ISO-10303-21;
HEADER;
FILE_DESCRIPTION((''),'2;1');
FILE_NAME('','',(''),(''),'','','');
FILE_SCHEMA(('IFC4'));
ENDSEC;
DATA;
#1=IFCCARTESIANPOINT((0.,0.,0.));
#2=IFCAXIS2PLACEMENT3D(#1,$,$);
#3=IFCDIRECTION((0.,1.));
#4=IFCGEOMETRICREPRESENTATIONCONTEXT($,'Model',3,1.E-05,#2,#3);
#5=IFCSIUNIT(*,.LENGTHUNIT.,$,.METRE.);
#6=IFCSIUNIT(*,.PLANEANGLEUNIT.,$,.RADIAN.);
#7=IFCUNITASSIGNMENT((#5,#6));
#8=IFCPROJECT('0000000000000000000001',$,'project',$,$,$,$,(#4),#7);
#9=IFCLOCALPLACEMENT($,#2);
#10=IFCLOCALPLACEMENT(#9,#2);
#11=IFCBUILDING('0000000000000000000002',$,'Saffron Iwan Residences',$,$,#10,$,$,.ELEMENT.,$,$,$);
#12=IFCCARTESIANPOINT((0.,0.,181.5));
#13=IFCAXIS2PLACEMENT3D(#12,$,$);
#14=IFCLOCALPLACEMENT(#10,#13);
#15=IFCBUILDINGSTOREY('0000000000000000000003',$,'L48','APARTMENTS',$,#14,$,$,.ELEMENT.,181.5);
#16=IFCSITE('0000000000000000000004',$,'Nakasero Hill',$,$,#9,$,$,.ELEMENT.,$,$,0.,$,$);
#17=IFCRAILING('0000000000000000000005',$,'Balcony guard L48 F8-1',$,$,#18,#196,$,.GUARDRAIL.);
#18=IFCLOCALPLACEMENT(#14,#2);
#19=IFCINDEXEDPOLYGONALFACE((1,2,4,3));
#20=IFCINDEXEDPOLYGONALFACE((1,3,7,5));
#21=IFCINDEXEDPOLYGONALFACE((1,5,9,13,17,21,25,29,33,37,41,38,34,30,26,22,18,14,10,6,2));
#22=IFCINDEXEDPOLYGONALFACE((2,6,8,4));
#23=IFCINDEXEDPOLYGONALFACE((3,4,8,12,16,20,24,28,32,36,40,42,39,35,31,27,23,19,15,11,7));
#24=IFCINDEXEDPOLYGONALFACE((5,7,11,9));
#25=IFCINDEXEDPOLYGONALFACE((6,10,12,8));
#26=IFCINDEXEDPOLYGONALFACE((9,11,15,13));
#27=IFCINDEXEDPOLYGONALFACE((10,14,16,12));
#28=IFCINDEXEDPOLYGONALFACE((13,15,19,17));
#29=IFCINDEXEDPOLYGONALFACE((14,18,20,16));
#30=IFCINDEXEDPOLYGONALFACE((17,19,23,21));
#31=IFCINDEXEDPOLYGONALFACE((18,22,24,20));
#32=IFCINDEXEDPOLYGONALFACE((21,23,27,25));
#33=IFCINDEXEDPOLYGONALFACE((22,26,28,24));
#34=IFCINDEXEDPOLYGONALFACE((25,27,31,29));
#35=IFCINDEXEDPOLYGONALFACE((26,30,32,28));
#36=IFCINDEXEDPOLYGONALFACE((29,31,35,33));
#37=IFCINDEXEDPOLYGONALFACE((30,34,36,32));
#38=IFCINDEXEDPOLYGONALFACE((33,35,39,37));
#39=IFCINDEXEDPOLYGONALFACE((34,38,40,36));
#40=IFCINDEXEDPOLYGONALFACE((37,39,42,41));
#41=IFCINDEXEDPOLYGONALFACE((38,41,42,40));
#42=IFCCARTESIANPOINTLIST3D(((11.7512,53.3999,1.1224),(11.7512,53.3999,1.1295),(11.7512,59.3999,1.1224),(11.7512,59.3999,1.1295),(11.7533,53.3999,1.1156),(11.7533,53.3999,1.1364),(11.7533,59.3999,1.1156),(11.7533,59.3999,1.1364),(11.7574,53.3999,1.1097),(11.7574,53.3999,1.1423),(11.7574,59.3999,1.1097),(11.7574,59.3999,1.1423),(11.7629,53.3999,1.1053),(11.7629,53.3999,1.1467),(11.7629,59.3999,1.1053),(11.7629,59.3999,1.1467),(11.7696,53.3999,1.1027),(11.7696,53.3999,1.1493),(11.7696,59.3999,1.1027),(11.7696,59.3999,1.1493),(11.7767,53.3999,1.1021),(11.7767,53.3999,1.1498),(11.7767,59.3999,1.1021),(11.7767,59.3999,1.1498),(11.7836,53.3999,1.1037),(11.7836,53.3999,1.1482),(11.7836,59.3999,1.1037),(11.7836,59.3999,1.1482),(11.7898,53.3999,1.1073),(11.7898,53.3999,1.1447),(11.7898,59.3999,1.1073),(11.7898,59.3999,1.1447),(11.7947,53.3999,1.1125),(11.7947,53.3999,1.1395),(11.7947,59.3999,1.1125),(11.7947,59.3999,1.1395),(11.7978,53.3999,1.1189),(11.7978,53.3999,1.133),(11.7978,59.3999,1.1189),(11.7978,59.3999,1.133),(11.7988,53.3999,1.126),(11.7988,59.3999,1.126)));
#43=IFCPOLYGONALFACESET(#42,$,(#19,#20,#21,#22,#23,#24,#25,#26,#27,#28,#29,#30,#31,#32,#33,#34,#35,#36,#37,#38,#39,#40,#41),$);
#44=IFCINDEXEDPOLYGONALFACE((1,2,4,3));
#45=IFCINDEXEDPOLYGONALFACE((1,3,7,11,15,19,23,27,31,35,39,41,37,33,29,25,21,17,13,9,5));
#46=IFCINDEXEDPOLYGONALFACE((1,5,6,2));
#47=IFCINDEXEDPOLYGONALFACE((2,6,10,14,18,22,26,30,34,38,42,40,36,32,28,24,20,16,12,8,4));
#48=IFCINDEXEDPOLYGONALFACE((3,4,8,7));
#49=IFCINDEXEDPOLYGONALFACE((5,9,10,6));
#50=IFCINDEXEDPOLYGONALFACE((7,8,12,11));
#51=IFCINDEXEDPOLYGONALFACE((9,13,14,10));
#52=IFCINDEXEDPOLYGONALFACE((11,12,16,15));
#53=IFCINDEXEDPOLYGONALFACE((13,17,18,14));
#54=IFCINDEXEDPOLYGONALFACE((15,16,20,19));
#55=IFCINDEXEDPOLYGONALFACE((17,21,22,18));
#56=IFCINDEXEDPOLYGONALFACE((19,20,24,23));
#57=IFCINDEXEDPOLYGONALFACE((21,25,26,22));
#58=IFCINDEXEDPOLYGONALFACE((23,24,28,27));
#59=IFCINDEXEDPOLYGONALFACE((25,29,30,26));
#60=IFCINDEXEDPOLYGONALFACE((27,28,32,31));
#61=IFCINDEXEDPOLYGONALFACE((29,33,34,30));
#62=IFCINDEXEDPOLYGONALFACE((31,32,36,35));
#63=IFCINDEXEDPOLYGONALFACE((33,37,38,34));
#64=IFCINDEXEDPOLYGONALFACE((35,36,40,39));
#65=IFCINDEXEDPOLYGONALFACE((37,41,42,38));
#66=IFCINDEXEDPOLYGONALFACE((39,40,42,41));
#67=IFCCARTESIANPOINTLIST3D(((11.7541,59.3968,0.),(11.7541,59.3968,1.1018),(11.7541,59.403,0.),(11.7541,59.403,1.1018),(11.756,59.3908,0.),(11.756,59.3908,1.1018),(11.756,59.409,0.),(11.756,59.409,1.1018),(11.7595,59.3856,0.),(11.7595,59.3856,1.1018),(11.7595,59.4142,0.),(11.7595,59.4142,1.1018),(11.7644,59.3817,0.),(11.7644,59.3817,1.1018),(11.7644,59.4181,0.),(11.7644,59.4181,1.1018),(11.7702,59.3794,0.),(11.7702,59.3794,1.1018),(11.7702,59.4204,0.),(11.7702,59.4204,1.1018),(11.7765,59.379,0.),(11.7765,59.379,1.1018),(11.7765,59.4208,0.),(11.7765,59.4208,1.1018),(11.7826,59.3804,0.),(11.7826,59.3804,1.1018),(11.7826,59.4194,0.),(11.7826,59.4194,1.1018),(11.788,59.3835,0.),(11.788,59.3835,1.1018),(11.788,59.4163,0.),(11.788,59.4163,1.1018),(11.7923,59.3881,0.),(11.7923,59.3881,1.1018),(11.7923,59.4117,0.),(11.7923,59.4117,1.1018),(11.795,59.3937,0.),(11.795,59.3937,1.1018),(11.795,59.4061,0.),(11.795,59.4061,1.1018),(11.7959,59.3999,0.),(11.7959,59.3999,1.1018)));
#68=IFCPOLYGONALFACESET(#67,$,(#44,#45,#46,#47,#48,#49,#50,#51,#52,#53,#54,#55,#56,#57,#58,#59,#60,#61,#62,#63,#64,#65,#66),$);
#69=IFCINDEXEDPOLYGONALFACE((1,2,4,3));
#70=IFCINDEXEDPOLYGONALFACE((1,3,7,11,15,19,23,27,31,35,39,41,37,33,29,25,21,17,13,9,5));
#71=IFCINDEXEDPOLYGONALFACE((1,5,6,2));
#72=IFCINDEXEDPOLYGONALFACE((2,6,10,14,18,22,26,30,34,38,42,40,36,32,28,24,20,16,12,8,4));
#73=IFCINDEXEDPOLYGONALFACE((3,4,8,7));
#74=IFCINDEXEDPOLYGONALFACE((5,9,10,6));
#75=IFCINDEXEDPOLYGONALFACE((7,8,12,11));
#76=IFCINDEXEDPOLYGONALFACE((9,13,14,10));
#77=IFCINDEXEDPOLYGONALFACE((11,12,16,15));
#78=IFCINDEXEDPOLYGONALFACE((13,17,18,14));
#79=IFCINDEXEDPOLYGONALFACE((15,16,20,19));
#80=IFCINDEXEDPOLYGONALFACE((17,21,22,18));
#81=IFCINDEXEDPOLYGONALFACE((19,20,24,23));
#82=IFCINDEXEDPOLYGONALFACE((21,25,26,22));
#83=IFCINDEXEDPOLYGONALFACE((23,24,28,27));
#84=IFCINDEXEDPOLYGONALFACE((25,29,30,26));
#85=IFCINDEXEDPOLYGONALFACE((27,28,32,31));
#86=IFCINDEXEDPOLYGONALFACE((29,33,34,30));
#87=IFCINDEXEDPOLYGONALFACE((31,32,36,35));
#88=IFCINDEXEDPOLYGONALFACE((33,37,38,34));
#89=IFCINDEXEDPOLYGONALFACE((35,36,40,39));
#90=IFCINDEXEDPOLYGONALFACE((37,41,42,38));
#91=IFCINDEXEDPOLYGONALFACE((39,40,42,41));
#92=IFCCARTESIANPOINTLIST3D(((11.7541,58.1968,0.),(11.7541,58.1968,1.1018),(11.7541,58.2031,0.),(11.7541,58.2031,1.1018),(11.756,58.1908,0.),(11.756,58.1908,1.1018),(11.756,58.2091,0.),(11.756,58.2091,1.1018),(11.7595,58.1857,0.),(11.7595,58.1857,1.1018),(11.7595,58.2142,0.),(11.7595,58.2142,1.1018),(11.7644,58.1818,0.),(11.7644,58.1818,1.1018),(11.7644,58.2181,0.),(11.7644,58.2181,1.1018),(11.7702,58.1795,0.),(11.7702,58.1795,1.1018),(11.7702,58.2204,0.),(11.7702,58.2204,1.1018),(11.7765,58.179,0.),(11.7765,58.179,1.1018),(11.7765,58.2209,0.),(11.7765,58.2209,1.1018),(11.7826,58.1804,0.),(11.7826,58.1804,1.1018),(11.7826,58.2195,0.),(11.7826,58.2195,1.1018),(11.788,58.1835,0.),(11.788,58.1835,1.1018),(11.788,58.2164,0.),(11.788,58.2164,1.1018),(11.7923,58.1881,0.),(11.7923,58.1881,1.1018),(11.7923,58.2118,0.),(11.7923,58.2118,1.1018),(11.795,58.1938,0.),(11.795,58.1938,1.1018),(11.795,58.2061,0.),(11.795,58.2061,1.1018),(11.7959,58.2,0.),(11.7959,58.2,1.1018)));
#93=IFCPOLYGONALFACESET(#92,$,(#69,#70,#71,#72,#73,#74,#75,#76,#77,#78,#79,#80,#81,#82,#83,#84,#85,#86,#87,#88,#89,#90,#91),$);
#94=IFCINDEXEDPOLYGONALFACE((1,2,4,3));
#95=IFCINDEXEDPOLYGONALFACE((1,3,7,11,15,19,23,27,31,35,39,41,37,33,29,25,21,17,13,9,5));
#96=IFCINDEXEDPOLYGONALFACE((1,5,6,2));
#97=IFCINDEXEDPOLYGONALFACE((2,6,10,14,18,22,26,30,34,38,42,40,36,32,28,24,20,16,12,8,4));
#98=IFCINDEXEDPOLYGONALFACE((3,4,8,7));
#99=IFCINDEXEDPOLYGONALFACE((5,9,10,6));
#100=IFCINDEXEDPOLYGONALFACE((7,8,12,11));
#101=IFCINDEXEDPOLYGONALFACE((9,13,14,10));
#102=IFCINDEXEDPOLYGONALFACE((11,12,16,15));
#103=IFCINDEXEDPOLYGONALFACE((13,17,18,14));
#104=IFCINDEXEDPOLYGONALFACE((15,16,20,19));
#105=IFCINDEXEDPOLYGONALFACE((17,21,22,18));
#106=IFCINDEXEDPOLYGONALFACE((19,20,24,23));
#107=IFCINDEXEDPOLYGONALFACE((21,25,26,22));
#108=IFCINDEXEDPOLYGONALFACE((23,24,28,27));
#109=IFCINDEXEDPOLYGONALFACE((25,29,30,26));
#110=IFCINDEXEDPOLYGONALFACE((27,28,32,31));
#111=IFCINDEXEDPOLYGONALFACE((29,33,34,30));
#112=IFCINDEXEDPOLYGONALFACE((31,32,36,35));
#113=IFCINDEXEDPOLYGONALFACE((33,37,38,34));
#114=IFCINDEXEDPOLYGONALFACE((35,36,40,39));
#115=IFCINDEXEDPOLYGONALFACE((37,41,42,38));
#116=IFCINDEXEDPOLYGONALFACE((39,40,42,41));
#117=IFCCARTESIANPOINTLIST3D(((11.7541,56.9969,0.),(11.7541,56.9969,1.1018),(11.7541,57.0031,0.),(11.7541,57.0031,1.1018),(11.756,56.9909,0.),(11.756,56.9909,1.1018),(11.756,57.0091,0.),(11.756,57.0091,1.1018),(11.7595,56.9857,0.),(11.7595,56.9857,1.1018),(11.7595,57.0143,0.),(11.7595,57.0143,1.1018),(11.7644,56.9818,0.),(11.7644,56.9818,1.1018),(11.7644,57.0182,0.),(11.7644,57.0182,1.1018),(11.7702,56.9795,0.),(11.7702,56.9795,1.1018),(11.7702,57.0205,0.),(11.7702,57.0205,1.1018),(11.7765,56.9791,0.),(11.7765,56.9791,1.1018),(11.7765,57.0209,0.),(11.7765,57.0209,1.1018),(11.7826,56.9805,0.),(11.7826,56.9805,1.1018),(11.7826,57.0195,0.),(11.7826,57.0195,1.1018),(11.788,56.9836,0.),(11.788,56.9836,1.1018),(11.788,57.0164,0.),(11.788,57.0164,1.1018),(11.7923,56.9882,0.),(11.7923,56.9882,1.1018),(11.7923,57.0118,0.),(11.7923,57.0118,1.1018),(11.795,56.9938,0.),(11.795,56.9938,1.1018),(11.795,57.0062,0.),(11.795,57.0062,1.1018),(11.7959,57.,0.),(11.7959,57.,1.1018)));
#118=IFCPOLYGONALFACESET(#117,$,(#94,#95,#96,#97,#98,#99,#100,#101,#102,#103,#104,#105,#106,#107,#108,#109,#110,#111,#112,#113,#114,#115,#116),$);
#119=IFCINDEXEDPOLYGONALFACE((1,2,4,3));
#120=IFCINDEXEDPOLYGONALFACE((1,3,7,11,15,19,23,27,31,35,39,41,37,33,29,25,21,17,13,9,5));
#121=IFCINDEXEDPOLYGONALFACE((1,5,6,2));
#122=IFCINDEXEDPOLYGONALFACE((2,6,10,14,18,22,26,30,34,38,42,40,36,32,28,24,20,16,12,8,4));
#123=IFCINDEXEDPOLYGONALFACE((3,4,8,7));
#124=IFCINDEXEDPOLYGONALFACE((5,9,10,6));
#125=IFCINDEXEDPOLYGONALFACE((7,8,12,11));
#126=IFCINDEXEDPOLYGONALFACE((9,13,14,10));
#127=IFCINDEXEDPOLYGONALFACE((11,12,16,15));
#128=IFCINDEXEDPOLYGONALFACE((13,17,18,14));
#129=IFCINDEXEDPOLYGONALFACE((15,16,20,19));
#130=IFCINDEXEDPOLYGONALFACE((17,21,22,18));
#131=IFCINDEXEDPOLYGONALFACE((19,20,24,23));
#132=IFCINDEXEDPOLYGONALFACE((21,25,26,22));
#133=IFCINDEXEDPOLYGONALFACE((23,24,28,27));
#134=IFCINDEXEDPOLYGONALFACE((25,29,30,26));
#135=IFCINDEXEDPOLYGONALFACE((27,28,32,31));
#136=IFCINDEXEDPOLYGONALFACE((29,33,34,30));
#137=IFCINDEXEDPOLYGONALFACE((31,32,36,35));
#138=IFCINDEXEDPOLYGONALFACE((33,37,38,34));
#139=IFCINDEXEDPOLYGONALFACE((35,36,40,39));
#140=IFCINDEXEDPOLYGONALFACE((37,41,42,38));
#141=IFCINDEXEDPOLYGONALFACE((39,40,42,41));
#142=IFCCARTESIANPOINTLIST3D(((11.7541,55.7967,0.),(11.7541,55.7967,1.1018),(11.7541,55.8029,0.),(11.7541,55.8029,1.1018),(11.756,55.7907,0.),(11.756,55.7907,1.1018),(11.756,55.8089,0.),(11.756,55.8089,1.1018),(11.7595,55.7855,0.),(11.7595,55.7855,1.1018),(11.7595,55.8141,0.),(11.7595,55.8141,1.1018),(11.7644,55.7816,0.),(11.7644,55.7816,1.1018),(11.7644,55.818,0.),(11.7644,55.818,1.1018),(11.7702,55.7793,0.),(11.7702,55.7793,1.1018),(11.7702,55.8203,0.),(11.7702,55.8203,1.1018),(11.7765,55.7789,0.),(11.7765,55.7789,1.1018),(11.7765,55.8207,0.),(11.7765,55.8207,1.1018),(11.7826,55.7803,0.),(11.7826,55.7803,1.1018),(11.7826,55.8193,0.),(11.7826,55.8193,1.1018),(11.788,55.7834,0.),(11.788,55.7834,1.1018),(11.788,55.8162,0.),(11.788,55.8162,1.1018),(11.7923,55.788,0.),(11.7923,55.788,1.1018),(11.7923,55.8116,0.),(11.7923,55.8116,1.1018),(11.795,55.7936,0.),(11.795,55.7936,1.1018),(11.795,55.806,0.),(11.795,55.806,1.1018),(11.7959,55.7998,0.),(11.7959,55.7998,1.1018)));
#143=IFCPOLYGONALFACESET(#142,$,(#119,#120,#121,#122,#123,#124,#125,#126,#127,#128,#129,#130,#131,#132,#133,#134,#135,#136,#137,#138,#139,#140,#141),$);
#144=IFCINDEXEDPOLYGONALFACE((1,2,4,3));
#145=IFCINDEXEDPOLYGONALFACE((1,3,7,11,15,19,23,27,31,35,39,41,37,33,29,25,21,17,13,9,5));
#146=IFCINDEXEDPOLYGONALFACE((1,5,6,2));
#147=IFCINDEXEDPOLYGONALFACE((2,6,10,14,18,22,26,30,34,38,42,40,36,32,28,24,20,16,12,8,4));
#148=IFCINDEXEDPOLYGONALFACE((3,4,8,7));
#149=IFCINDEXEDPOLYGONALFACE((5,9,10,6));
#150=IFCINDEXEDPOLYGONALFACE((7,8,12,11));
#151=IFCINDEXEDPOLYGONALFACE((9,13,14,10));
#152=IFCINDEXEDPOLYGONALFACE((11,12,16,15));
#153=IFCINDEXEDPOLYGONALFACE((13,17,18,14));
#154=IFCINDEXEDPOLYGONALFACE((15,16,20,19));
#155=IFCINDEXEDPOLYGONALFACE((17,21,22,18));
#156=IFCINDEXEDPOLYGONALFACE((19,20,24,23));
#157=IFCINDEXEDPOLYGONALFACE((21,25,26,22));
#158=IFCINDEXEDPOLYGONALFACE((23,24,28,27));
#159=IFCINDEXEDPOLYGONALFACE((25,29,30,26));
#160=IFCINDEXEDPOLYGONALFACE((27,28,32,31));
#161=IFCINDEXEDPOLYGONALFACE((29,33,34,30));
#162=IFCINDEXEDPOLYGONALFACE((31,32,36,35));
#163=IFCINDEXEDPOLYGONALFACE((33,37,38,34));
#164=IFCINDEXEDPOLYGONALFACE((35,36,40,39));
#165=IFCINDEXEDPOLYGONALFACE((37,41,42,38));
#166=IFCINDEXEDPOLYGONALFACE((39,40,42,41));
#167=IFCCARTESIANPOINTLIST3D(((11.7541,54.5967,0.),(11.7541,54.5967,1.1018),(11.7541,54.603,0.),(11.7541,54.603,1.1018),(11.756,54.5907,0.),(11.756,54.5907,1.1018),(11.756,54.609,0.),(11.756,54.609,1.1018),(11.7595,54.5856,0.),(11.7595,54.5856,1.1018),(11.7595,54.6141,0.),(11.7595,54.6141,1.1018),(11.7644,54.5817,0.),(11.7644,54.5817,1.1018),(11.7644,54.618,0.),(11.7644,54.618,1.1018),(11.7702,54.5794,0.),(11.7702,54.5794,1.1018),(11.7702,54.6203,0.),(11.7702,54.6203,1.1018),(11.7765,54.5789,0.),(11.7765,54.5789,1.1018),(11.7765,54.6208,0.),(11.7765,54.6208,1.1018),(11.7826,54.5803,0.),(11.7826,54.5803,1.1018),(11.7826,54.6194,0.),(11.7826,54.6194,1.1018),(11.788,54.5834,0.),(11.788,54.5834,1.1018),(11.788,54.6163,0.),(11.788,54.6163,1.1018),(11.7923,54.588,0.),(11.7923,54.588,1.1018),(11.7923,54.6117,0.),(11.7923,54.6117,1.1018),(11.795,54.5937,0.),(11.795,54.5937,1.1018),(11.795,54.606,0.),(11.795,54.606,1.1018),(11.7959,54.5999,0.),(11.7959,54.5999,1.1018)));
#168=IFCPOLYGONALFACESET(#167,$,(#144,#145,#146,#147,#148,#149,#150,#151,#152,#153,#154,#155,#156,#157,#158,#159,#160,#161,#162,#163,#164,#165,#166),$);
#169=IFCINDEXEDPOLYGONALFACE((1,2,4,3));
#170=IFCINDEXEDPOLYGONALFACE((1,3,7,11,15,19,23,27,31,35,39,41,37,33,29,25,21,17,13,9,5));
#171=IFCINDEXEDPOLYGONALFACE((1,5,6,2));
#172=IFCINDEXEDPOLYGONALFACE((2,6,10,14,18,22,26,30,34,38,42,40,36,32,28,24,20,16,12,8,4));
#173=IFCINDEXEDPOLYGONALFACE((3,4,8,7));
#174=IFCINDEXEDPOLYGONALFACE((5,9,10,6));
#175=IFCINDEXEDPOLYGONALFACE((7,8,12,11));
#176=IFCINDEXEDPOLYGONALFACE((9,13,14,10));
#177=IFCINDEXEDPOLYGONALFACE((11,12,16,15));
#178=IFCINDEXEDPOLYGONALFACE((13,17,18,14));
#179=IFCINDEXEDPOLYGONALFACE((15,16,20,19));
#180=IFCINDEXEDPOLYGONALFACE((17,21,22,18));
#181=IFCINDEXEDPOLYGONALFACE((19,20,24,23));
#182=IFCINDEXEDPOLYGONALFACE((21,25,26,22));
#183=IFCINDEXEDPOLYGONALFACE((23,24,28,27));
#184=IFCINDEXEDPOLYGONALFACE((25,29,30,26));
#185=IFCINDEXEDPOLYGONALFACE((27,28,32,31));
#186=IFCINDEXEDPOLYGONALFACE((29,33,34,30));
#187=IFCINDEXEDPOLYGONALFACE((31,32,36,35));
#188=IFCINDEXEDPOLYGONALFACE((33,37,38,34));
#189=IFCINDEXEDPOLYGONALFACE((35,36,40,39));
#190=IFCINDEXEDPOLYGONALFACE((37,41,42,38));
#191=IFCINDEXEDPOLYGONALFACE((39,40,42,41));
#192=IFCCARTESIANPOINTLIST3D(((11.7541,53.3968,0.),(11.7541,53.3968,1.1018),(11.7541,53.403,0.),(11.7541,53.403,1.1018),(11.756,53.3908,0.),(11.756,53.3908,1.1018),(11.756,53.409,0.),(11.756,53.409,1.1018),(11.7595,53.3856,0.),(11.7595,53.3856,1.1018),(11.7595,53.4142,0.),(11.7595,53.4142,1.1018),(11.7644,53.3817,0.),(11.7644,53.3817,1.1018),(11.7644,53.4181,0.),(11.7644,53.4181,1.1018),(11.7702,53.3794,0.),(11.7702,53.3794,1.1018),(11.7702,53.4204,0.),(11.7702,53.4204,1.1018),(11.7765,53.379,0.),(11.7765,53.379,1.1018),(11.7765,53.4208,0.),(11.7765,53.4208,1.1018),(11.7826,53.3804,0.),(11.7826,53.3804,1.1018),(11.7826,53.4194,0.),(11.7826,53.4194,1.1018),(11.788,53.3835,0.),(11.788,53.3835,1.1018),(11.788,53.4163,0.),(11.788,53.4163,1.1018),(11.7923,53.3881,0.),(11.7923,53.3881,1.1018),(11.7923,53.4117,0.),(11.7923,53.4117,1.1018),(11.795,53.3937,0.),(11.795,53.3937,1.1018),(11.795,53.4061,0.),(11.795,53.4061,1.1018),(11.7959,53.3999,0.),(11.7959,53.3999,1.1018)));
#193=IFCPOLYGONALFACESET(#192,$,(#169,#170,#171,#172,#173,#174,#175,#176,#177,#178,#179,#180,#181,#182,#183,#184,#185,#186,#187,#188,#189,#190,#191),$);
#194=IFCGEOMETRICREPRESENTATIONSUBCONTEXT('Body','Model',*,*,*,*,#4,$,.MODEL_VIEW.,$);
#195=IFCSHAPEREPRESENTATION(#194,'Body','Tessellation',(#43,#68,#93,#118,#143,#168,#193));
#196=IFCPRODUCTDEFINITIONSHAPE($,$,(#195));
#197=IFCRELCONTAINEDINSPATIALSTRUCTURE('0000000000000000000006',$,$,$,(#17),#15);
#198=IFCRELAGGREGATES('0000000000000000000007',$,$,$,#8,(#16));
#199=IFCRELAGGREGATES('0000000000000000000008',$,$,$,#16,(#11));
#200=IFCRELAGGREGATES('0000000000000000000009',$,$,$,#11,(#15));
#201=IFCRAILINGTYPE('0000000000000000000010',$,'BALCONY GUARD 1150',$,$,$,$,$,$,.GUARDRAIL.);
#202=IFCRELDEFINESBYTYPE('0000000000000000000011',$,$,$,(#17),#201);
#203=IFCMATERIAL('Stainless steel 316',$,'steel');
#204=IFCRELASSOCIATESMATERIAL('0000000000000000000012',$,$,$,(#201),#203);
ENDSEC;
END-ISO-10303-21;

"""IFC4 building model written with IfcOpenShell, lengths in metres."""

from ifc_helpers import new_model, si_unit, direction, frame, origin, origin_2d, place, context, subcontext, project, spatial, circle, extrude, material, type_object, element, save


model = new_model("IFC4")

# Units and contexts
model_context = context("Model", 3, precision=1e-05, world=origin(), true_north=direction((0.0, 1.0)))
body_context = subcontext(model_context, "Body", "Model", "MODEL_VIEW")
ifc_project = project(units=[si_unit("LENGTHUNIT", "METRE"), si_unit("PLANEANGLEUNIT", "RADIAN")], contexts=[model_context])

# Site, building, storey
site_placement = place(None, origin())
site = spatial("IfcSite", under=ifc_project, at=site_placement, Name="Nakasero Hill", CompositionType="ELEMENT", RefElevation=0.0)
building_placement = place(site_placement, origin())
building = spatial("IfcBuilding", under=site, at=building_placement, Name="Saffron Iwan Residences", CompositionType="ELEMENT")
storey_placement = place(building_placement, frame((0.0, 0.0, 181.5)))
storey = spatial("IfcBuildingStorey", under=building, at=storey_placement, Name="L48", Description="APARTMENTS", CompositionType="ELEMENT", Elevation=181.5)

# Railing
ifc_material_1 = material(Name="Stainless steel 316", Category="steel")
railing_type = type_object("IfcRailingType", Name="BALCONY GUARD 1150", PredefinedType="GUARDRAIL", material=ifc_material_1)
railing_placement = place(storey_placement, frame((11.7749, 59.3999, 0.0)))
element("IfcRailing", 1, at=railing_placement, inside=storey, type_object=railing_type, Name="Balcony guard L48 F8-1", PredefinedType="GUARDRAIL", context=body_context, shape_type="SweptSolid", body=[
    extrude(circle(Radius=0.0239, at=origin_2d()), frame((0.0, 0.0, 1.126), z_axis=(0.0, -1.0, 0.0), x_axis=(1.0, 0.0, 0.0)), (0.0, 0.0, 1.0), 6.0),
    extrude(circle(Radius=0.021, at=origin_2d()), origin(), (0.0, 0.0, 1.0), 1.1018),
    extrude(circle(Radius=0.021, at=origin_2d()), frame((0.0, -1.2, 0.0)), (0.0, 0.0, 1.0), 1.1018),
    extrude(circle(Radius=0.021, at=origin_2d()), frame((0.0, -2.3999, 0.0)), (0.0, 0.0, 1.0), 1.1018),
    extrude(circle(Radius=0.021, at=origin_2d()), frame((0.0, -3.6001, 0.0)), (0.0, 0.0, 1.0), 1.1018),
    extrude(circle(Radius=0.021, at=origin_2d()), frame((0.0, -4.8, 0.0)), (0.0, 0.0, 1.0), 1.1018),
    extrude(circle(Radius=0.021, at=origin_2d()), frame((0.0, -6.0, 0.0)), (0.0, 0.0, 1.0), 1.1018),
])

save(model, "model.ifc")
